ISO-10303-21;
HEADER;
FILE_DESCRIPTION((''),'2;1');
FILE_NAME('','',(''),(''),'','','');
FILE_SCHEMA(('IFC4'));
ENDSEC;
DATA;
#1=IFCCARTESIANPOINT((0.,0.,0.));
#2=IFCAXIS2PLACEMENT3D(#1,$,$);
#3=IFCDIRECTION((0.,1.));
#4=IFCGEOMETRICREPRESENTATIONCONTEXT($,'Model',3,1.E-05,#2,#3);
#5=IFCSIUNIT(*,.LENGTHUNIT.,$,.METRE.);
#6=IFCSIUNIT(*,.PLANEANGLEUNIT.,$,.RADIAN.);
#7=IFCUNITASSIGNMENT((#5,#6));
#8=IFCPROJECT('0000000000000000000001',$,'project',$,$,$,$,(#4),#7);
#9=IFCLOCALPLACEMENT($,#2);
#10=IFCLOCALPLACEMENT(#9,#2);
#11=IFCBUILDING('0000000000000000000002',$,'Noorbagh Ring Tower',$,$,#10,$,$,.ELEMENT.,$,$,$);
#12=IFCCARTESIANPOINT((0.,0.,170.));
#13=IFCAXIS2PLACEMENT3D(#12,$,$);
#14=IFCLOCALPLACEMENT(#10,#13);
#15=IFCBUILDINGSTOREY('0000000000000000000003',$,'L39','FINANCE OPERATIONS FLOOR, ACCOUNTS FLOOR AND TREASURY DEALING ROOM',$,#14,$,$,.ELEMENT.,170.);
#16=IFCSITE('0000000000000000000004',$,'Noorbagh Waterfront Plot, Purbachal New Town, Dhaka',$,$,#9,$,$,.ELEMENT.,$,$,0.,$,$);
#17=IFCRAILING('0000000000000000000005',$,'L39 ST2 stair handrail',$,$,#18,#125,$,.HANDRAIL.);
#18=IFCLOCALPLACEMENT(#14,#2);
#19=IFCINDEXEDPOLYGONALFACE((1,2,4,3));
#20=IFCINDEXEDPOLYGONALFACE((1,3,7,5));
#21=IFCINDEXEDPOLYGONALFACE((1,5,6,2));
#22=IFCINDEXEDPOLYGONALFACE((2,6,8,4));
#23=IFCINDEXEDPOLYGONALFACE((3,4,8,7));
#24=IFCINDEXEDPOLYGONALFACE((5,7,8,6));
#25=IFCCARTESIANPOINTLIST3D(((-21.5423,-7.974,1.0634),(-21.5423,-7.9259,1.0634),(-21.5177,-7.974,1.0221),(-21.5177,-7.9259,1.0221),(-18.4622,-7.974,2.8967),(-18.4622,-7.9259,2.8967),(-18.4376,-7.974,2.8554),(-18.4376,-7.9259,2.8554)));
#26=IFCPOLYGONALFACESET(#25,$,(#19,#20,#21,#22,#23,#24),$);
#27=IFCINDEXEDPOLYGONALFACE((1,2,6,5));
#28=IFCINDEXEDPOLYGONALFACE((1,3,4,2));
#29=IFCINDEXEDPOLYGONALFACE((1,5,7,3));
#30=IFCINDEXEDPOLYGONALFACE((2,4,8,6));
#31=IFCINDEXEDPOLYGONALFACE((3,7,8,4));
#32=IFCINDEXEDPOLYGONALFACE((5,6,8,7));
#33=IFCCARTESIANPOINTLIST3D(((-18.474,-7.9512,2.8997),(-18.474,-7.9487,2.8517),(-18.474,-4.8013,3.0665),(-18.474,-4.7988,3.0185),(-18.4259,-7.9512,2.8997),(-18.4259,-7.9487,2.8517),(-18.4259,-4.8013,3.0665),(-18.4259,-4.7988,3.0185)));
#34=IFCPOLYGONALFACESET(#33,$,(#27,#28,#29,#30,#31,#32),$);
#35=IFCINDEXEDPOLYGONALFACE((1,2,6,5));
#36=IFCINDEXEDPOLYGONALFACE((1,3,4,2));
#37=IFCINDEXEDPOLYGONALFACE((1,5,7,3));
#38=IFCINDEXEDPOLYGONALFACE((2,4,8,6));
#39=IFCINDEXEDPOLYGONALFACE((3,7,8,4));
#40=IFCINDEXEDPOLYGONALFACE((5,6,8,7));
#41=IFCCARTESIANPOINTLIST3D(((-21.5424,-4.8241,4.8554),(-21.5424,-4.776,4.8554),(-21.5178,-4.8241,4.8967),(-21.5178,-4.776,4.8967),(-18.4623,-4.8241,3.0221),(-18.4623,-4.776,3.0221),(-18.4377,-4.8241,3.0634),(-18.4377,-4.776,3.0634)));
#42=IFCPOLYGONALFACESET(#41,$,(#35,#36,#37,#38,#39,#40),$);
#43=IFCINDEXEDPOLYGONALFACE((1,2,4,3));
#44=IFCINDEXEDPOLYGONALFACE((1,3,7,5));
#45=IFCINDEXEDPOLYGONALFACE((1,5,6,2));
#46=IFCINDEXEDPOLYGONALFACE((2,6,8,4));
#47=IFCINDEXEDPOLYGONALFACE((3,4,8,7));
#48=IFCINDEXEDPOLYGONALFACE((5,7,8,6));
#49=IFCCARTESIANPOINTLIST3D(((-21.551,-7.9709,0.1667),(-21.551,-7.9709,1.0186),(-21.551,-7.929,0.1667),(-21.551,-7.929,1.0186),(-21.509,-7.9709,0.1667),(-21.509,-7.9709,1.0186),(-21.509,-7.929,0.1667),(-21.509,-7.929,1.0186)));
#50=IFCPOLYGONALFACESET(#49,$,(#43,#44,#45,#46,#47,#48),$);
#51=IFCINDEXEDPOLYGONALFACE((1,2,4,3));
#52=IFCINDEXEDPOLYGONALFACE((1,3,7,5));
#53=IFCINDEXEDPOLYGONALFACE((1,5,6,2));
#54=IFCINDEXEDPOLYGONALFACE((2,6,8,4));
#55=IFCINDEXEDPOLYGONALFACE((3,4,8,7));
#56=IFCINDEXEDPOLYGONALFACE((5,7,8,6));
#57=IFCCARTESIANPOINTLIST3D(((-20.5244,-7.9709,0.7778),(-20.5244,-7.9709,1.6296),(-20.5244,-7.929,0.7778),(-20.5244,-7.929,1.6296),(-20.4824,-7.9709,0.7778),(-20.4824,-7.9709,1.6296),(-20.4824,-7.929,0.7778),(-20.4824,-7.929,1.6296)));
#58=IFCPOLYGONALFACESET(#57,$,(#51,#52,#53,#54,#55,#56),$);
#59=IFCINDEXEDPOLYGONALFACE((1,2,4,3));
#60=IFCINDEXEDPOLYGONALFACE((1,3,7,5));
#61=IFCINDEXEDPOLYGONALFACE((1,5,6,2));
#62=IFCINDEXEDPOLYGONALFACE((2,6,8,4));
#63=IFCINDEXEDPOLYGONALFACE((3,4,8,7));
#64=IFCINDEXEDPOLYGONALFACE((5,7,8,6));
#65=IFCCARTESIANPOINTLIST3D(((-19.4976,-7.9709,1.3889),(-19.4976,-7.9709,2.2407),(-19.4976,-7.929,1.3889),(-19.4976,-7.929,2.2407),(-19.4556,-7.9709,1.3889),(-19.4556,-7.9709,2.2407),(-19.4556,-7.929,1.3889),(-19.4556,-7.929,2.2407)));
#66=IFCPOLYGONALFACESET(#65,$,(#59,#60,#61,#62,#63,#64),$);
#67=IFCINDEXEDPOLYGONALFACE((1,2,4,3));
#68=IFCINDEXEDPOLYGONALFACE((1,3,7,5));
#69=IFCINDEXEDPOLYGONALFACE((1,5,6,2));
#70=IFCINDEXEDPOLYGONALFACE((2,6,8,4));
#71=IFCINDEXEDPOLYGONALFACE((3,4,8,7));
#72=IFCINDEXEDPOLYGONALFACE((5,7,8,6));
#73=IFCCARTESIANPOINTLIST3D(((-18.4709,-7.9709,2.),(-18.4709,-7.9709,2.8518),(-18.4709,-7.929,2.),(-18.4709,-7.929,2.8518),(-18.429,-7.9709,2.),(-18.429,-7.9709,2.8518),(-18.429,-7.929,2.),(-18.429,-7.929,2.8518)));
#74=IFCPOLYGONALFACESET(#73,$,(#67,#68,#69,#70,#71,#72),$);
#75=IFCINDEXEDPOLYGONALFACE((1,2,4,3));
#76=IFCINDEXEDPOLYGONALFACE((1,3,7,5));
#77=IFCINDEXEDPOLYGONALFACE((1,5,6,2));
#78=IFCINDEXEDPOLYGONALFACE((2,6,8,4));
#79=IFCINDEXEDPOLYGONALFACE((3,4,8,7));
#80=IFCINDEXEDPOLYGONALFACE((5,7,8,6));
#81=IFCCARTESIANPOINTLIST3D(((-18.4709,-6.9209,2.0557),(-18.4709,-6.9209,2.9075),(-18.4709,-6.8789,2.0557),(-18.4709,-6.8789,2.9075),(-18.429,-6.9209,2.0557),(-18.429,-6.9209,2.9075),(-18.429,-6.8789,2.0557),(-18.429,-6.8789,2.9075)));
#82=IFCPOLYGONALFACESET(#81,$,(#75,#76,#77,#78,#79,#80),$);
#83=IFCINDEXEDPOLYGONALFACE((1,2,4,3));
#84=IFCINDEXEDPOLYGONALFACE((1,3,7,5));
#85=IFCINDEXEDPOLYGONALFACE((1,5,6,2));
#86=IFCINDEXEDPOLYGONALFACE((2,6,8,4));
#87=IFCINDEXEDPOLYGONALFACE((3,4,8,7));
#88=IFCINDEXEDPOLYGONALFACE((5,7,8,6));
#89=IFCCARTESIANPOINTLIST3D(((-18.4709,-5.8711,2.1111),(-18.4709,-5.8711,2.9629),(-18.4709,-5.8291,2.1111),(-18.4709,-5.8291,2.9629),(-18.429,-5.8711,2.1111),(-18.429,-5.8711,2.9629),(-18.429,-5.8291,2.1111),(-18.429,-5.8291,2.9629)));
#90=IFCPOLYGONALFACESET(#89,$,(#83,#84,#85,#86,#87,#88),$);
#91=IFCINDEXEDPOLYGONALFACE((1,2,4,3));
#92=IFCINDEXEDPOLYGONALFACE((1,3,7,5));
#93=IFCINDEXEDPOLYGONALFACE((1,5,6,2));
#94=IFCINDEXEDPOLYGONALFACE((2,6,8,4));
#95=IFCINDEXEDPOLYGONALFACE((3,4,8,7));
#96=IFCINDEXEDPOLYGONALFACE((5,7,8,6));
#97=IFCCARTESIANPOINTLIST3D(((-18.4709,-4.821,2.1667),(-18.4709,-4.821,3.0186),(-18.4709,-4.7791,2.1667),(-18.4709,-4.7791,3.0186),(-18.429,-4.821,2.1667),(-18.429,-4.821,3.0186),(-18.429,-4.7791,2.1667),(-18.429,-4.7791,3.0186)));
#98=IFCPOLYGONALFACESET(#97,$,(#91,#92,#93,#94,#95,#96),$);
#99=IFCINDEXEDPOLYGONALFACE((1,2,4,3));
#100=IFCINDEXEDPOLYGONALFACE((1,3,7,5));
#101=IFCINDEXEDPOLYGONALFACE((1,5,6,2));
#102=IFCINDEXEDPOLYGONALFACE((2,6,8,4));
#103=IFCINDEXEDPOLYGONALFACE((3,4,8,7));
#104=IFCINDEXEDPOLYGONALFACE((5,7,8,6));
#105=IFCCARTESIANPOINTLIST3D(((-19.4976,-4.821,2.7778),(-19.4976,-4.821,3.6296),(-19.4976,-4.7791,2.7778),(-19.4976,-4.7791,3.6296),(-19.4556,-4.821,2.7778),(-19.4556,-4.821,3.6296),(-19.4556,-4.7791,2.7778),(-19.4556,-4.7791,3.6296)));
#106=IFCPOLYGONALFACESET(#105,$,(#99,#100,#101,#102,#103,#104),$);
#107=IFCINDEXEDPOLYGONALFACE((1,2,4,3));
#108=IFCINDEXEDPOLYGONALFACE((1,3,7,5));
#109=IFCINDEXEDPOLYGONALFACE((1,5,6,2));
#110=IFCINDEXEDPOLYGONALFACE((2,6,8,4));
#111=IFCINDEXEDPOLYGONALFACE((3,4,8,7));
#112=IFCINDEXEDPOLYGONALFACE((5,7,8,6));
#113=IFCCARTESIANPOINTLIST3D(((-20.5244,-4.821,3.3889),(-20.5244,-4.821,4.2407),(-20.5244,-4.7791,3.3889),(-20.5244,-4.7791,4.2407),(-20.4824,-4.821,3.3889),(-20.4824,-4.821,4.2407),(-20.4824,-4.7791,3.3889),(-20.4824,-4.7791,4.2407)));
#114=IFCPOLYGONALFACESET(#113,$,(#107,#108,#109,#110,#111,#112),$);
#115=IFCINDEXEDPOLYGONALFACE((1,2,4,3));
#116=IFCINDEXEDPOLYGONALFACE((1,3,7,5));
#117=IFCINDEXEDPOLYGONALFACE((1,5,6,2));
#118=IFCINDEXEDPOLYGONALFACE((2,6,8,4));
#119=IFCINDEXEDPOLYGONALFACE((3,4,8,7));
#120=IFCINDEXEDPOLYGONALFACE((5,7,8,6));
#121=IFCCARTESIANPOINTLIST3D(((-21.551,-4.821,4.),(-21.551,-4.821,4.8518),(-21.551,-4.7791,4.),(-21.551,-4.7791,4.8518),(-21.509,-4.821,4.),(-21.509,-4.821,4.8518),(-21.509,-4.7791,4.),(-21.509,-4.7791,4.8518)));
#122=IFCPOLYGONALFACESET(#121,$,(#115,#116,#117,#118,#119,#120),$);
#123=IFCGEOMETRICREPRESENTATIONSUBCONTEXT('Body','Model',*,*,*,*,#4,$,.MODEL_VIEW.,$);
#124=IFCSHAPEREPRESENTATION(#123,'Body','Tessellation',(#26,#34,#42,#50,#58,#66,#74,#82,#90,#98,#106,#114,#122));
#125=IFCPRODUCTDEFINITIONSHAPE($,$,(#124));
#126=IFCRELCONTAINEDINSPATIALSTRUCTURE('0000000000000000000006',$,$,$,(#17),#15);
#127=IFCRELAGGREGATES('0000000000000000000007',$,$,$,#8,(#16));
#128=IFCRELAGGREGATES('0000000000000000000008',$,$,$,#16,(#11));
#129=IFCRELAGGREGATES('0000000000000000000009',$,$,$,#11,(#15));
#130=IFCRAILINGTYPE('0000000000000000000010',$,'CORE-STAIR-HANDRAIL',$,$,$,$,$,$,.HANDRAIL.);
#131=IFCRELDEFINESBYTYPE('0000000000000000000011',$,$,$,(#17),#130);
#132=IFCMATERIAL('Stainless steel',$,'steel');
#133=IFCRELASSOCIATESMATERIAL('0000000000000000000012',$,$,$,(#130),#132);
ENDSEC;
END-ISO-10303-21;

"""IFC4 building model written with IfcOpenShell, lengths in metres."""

from ifc_helpers import new_model, si_unit, direction, frame, origin, origin_2d, place, context, subcontext, project, spatial, rectangle, extrude, material, type_object, element, save


model = new_model("IFC4")

# Units and contexts
model_context = context("Model", 3, precision=1e-05, world=origin(), true_north=direction((0.0, 1.0)))
body_context = subcontext(model_context, "Body", "Model", "MODEL_VIEW")
ifc_project = project(units=[si_unit("LENGTHUNIT", "METRE"), si_unit("PLANEANGLEUNIT", "RADIAN")], contexts=[model_context])

# Site, building, storey
site_placement = place(None, origin())
site = spatial("IfcSite", under=ifc_project, at=site_placement, Name="Noorbagh Waterfront Plot, Purbachal New Town, Dhaka", CompositionType="ELEMENT", RefElevation=0.0)
building_placement = place(site_placement, origin())
building = spatial("IfcBuilding", under=site, at=building_placement, Name="Noorbagh Ring Tower", CompositionType="ELEMENT")
storey_placement = place(building_placement, frame((0.0, 0.0, 170.0)))
storey = spatial("IfcBuildingStorey", under=building, at=storey_placement, Name="L39", Description="FINANCE OPERATIONS FLOOR, ACCOUNTS FLOOR AND TREASURY DEALING ROOM", CompositionType="ELEMENT", Elevation=170.0)

# Railing
ifc_material_1 = material(Name="Stainless steel", Category="steel")
railing_type_1 = type_object("IfcRailingType", Name="CORE-STAIR-HANDRAIL", PredefinedType="HANDRAIL", material=ifc_material_1)
railing_1_placement = place(storey_placement, frame((-21.53, -7.95, 0.1667)))
element("IfcRailing", 1, at=railing_1_placement, inside=storey, type_object=railing_type_1, Name="L39 ST2 stair handrail", PredefinedType="HANDRAIL", context=body_context, shape_type="SweptSolid", body=[
    extrude(rectangle(XDim=0.0481, YDim=0.0481, at=origin_2d()), frame((0.0, 0.0, 0.876), z_axis=(0.859309, 0.0, 0.511458), x_axis=(0.0, 1.0, 0.0)), (0.0, 0.0, 1.0), 3.5845),
    extrude(rectangle(XDim=0.0481, YDim=0.0481, at=origin_2d()), frame((3.0801, 0.0, 2.709), z_axis=(0.0, 0.998602, 0.052864), x_axis=(-1.0, 0.0, 0.0)), (0.0, 0.0, 1.0), 3.1543),
    extrude(rectangle(XDim=0.0481, YDim=0.0481, at=origin_2d()), frame((3.0801, 3.1499, 2.876), z_axis=(-0.859309, 0.0, 0.511458), x_axis=(0.0, -1.0, 0.0)), (0.0, 0.0, 1.0), 3.5845),
    extrude(rectangle(XDim=0.042, YDim=0.042, at=origin_2d()), origin(), (0.0, 0.0, 1.0), 0.8518),
    extrude(rectangle(XDim=0.042, YDim=0.042, at=origin_2d()), frame((1.0266, 0.0, 0.6111)), (0.0, 0.0, 1.0), 0.8518),
    extrude(rectangle(XDim=0.042, YDim=0.042, at=origin_2d()), frame((2.0535, 0.0, 1.2222)), (0.0, 0.0, 1.0), 0.8518),
    extrude(rectangle(XDim=0.042, YDim=0.042, at=origin_2d()), frame((3.0801, 0.0, 1.8333)), (0.0, 0.0, 1.0), 0.8518),
    extrude(rectangle(XDim=0.042, YDim=0.042, at=origin_2d()), frame((3.0801, 1.05, 1.8889)), (0.0, 0.0, 1.0), 0.8518),
    extrude(rectangle(XDim=0.042, YDim=0.042, at=origin_2d()), frame((3.0801, 2.0999, 1.9443)), (0.0, 0.0, 1.0), 0.8518),
    extrude(rectangle(XDim=0.042, YDim=0.042, at=origin_2d()), frame((3.0801, 3.1499, 2.0)), (0.0, 0.0, 1.0), 0.8518),
    extrude(rectangle(XDim=0.042, YDim=0.042, at=origin_2d()), frame((2.0535, 3.1499, 2.6111)), (0.0, 0.0, 1.0), 0.8518),
    extrude(rectangle(XDim=0.042, YDim=0.042, at=origin_2d()), frame((1.0266, 3.1499, 3.2222)), (0.0, 0.0, 1.0), 0.8518),
    extrude(rectangle(XDim=0.042, YDim=0.042, at=origin_2d()), frame((0.0, 3.1499, 3.8333)), (0.0, 0.0, 1.0), 0.8518),
])

save(model, "model.ifc")
